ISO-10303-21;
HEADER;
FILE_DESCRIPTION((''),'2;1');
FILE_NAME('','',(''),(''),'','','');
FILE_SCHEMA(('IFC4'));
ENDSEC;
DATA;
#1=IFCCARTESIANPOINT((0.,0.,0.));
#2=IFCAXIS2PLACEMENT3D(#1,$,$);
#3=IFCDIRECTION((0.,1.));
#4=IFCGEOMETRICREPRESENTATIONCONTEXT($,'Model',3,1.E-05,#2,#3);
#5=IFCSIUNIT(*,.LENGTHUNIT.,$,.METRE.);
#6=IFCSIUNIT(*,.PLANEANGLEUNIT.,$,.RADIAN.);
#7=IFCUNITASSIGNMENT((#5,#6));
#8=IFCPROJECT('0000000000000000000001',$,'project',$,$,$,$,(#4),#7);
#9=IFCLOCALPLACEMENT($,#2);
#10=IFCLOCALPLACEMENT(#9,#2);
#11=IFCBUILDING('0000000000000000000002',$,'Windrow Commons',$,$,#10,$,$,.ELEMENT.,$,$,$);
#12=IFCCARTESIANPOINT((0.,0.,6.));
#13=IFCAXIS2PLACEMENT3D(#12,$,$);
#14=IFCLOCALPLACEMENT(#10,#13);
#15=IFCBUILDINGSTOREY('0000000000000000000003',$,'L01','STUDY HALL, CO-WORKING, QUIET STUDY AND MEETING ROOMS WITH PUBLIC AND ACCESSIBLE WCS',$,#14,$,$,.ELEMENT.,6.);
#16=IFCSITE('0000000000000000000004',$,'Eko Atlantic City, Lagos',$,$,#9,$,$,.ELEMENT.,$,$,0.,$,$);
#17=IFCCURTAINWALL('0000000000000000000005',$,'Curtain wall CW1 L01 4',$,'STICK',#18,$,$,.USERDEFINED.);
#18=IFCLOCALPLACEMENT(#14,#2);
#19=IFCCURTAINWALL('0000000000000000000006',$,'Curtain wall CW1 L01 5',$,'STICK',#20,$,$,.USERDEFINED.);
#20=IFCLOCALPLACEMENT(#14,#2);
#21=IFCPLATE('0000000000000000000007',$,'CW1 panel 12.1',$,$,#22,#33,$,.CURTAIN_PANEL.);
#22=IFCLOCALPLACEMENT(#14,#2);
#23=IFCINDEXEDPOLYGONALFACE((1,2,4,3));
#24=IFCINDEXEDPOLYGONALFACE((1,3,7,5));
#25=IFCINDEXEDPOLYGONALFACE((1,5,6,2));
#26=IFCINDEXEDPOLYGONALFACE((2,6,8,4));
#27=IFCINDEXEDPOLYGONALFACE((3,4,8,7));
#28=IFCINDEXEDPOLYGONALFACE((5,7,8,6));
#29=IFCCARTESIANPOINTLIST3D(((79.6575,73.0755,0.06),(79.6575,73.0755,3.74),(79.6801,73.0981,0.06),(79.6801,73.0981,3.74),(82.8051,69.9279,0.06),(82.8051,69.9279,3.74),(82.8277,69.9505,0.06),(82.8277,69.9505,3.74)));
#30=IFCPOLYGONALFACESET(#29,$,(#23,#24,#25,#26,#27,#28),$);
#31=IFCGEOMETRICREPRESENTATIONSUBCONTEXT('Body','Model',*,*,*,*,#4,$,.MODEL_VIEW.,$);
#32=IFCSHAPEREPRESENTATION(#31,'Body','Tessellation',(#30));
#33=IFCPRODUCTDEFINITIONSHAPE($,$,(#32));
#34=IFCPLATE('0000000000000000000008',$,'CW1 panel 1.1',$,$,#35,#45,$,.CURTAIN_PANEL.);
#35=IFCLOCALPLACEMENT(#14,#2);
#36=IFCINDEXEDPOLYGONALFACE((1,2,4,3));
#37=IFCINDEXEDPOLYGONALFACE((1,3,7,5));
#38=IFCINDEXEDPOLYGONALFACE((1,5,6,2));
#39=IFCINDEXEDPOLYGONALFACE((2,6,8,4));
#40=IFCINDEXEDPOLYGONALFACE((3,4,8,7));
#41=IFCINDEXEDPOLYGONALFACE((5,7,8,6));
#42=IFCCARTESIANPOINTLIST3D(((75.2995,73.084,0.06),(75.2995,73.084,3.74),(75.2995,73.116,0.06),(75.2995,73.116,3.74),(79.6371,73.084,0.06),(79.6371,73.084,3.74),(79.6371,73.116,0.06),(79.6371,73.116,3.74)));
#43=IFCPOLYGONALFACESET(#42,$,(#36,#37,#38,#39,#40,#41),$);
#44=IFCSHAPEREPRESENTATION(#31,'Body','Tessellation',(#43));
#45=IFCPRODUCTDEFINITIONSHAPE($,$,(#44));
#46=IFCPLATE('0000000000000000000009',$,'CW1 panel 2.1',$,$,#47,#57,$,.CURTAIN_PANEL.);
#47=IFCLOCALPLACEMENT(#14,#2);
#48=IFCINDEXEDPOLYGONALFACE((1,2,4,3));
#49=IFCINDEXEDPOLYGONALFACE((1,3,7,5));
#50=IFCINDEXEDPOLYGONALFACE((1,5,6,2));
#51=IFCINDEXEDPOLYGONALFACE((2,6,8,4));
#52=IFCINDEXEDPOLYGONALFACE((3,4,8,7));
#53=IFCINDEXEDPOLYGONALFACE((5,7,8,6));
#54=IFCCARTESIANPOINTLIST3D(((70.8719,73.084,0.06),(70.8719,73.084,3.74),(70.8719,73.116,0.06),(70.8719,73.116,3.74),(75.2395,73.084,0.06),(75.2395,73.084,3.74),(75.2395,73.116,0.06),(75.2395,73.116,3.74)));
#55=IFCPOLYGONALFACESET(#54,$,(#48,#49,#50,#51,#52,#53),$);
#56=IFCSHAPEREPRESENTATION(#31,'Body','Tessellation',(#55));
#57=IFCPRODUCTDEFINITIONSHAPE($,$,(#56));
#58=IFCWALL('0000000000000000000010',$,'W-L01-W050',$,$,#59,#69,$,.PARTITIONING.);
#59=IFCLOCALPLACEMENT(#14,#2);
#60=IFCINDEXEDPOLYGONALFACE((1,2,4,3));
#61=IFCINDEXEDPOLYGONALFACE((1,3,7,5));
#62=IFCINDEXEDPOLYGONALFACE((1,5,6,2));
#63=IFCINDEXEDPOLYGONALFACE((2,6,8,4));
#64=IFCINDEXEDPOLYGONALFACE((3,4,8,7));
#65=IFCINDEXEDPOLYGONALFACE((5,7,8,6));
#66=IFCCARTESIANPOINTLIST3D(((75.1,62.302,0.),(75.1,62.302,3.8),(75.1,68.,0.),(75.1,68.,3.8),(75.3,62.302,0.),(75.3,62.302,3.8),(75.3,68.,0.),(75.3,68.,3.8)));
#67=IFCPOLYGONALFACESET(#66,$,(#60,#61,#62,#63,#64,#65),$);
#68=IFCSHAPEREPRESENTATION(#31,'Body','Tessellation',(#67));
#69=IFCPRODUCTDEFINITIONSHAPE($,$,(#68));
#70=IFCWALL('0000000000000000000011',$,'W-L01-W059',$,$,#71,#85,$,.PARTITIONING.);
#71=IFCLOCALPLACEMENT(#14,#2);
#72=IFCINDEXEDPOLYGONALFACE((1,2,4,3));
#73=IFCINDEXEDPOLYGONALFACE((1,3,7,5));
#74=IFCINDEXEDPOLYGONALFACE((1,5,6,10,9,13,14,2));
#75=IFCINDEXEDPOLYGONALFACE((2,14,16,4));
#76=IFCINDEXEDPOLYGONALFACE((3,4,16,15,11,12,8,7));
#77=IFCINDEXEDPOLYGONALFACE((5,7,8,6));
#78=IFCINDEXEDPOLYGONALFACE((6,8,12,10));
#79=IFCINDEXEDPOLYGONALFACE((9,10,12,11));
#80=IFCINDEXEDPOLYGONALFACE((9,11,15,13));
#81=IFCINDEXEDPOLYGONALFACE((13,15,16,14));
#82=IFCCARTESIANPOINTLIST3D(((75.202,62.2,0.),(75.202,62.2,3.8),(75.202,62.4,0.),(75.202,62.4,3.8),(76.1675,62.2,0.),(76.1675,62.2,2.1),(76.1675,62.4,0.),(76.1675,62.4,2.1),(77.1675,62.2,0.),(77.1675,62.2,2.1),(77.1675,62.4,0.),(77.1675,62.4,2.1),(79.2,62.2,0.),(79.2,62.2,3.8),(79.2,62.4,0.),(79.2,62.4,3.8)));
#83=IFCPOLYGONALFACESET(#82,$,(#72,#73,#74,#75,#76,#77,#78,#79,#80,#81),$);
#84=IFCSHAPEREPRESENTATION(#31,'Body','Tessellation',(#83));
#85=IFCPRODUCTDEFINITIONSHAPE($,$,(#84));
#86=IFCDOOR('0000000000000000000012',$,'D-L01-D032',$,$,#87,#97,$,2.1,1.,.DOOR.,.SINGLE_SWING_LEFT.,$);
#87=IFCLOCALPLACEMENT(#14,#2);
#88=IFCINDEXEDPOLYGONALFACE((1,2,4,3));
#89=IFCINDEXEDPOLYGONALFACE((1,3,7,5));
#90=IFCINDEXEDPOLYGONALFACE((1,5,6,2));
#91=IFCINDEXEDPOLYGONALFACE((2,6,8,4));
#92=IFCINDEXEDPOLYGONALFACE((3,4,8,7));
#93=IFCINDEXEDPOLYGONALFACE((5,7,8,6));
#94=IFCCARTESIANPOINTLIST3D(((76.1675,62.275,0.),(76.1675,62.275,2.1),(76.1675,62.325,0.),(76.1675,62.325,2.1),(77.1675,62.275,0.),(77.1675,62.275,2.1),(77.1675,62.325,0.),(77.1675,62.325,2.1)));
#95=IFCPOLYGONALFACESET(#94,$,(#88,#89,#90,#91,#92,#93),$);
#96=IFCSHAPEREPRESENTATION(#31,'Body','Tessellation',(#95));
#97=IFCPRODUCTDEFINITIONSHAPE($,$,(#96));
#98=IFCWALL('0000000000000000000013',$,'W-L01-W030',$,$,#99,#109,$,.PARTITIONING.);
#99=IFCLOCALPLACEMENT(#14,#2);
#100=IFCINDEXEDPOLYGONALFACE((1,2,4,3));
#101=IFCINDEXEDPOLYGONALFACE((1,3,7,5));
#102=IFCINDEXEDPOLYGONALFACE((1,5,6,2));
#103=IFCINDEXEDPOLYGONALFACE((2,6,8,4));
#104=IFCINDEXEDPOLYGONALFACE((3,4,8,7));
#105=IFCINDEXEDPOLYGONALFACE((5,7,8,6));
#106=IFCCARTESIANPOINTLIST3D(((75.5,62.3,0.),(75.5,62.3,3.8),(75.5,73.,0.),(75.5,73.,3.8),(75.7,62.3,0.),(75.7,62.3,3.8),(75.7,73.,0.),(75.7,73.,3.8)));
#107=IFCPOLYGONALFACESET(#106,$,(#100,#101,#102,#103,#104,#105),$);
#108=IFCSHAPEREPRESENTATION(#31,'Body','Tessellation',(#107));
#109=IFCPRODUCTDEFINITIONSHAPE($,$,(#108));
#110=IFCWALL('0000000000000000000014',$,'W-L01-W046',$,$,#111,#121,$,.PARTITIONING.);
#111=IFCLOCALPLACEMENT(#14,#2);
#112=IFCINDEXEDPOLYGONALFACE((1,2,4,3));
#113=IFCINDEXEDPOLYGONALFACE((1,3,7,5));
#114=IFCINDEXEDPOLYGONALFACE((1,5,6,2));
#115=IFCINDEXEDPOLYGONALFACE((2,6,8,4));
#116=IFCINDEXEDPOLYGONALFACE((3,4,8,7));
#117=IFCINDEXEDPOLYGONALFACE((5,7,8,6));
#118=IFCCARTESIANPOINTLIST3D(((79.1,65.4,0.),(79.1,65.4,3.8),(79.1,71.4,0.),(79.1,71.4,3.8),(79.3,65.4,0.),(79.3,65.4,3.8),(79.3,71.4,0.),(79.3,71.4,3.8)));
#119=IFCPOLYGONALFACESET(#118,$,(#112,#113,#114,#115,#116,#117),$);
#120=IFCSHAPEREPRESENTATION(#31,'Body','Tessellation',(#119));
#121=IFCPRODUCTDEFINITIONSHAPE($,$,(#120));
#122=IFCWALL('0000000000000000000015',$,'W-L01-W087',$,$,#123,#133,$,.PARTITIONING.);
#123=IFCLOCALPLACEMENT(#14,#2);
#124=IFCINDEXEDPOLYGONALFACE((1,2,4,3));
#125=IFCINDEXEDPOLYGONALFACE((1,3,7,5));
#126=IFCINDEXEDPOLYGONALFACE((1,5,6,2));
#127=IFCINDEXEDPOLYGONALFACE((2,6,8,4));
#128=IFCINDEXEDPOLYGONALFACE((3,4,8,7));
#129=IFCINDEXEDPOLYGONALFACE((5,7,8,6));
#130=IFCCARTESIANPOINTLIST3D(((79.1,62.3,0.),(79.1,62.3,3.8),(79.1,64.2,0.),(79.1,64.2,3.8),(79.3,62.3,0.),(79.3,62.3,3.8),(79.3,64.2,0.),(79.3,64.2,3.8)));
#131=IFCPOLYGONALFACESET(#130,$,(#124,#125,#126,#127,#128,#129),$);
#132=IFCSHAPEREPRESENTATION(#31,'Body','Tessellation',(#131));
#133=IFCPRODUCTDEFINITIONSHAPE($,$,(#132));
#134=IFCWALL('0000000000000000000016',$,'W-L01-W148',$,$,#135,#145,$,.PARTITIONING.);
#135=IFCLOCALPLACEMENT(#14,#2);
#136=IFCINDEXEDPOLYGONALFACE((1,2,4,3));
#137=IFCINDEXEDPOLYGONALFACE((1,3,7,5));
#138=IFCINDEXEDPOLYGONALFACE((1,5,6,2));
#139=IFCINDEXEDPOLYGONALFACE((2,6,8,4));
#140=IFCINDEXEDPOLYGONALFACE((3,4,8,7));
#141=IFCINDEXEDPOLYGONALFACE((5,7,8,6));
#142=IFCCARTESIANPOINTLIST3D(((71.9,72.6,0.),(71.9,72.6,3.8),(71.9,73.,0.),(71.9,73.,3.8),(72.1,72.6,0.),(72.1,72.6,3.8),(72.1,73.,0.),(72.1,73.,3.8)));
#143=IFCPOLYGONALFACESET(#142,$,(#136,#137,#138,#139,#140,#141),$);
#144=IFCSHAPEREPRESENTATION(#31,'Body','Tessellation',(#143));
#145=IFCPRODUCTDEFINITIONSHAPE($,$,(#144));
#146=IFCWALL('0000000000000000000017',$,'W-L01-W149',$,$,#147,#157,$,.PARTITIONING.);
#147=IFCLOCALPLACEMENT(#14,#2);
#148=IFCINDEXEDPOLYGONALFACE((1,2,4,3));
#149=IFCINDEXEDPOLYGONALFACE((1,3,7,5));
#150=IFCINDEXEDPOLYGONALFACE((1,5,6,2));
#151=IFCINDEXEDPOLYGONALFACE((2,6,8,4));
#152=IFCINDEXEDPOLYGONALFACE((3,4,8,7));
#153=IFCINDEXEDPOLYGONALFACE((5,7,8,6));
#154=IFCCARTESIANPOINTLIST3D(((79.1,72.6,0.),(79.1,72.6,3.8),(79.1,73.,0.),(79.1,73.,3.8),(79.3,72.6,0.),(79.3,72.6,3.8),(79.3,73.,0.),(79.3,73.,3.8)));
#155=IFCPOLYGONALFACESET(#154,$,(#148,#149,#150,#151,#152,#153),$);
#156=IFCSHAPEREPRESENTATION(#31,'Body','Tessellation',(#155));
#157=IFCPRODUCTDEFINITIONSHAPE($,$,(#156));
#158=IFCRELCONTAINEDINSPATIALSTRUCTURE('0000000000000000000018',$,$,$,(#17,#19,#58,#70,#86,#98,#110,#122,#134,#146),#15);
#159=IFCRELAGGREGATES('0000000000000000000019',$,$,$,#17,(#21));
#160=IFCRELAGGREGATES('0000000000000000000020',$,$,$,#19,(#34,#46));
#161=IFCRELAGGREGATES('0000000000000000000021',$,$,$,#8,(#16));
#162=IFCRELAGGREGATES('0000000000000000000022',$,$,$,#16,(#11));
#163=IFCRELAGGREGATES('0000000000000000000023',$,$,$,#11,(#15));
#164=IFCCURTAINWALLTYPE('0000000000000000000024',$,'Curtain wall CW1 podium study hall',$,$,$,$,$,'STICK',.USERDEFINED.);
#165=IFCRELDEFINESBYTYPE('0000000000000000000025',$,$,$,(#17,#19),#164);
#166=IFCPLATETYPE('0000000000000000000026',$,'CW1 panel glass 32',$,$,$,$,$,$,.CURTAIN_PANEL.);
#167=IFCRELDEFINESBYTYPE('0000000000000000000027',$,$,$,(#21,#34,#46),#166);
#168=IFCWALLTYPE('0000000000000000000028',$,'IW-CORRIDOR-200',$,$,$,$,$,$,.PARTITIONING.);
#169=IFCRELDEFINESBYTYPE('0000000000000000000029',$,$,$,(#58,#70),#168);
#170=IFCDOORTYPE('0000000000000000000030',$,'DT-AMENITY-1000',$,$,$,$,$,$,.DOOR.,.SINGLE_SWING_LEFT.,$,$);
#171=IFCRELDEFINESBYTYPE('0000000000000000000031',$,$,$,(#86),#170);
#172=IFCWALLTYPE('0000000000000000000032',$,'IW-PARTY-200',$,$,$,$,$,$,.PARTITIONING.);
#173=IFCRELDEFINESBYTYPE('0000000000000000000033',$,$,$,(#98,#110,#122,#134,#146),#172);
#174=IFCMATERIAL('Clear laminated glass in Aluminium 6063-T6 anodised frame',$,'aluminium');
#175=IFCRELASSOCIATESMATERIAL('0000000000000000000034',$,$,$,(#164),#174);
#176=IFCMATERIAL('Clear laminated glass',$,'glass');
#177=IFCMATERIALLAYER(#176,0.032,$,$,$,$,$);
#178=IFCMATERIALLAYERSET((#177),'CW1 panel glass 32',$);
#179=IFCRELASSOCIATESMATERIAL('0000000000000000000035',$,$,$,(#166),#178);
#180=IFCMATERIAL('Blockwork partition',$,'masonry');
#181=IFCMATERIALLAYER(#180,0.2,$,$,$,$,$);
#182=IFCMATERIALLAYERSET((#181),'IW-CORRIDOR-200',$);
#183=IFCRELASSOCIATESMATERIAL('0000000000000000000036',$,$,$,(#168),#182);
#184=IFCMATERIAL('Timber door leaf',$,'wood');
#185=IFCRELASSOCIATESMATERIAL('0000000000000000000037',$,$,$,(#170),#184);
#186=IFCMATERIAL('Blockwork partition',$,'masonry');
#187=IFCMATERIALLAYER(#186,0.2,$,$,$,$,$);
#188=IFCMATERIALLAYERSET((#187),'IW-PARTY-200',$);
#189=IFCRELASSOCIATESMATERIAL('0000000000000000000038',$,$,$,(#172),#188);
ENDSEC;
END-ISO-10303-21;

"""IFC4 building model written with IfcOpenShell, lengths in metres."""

from ifc_helpers import new_model, si_unit, direction, frame, frame_2d, origin, origin_2d, place, context, subcontext, project, spatial, rectangle, extrude, material, layer, layer_set, type_object, element, fill, aggregate, save


model = new_model("IFC4")

# Units and contexts
model_context = context("Model", 3, precision=1e-05, world=origin(), true_north=direction((0.0, 1.0)))
body_context = subcontext(model_context, "Body", "Model", "MODEL_VIEW")
ifc_project = project(units=[si_unit("LENGTHUNIT", "METRE"), si_unit("PLANEANGLEUNIT", "RADIAN")], contexts=[model_context])

# Site, building, storey
site_placement = place(None, origin())
site = spatial("IfcSite", under=ifc_project, at=site_placement, Name="Eko Atlantic City, Lagos", CompositionType="ELEMENT", RefElevation=0.0)
building_placement = place(site_placement, origin())
building = spatial("IfcBuilding", under=site, at=building_placement, Name="Windrow Commons", CompositionType="ELEMENT")
storey_placement = place(building_placement, frame((0.0, 0.0, 6.0)))
storey = spatial("IfcBuildingStorey", under=building, at=storey_placement, Name="L01", Description="STUDY HALL, CO-WORKING, QUIET STUDY AND MEETING ROOMS WITH PUBLIC AND ACCESSIBLE WCS", CompositionType="ELEMENT", Elevation=6.0)

# Curtain wall
ifc_material_1 = material(Name="Clear laminated glass in Aluminium 6063-T6 anodised frame", Category="aluminium")
curtain_wall_type = type_object("IfcCurtainWallType", Name="Curtain wall CW1 podium study hall", ElementType="STICK", PredefinedType="USERDEFINED", material=ifc_material_1)
placement = place(storey_placement, origin())
curtain_wall_1 = element("IfcCurtainWall", 1, at=placement, inside=storey, type_object=curtain_wall_type, Name="Curtain wall CW1 L01 4", ObjectType="STICK", PredefinedType="USERDEFINED")

# Curtain wall
curtain_wall_2 = element("IfcCurtainWall", 2, at=placement, inside=storey, type_object=curtain_wall_type, Name="Curtain wall CW1 L01 5", ObjectType="STICK", PredefinedType="USERDEFINED")

# Plates
ifc_material_2 = material(Name="Clear laminated glass", Category="glass")
ifc_layer_1 = layer(ifc_material_2, 0.032)
ifc_layer_set_1 = layer_set([ifc_layer_1], Name="CW1 panel glass 32")
plate_type = type_object("IfcPlateType", Name="CW1 panel glass 32", PredefinedType="CURTAIN_PANEL", material=ifc_layer_set_1)
plate_1_placement = place(storey_placement, frame((81.2426, 71.513, 0.06), z_axis=(0.0, 0.0, 1.0), x_axis=(-0.707107, 0.707107, 0.0)))
plate_1 = element("IfcPlate", 3, at=plate_1_placement, type_object=plate_type, Name="CW1 panel 12.1", PredefinedType="CURTAIN_PANEL", context=body_context, shape_type="SweptSolid", body=[
    extrude(rectangle(XDim=4.4514, YDim=0.032, at=origin_2d()), origin(), (0.0, 0.0, 1.0), 3.68),
])
aggregate(curtain_wall_1, [plate_1])
plate_2_placement = place(storey_placement, frame((77.4683, 73.1, 0.06), z_axis=(0.0, 0.0, 1.0), x_axis=(-1.0, 0.0, 0.0)))
plate_2 = element("IfcPlate", 4, at=plate_2_placement, type_object=plate_type, Name="CW1 panel 1.1", PredefinedType="CURTAIN_PANEL", context=body_context, shape_type="SweptSolid", body=[
    extrude(rectangle(XDim=4.3376, YDim=0.032, at=origin_2d()), origin(), (0.0, 0.0, 1.0), 3.68),
])
plate_3_placement = place(storey_placement, frame((73.0557, 73.1, 0.06), z_axis=(0.0, 0.0, 1.0), x_axis=(-1.0, 0.0, 0.0)))
plate_3 = element("IfcPlate", 5, at=plate_3_placement, type_object=plate_type, Name="CW1 panel 2.1", PredefinedType="CURTAIN_PANEL", context=body_context, shape_type="SweptSolid", body=[
    extrude(rectangle(XDim=4.3676, YDim=0.032, at=origin_2d()), origin(), (0.0, 0.0, 1.0), 3.68),
])
aggregate(curtain_wall_2, [plate_2, plate_3])

# Wall
ifc_material_3 = material(Name="Blockwork partition", Category="masonry")
ifc_layer_2 = layer(ifc_material_3, 0.2)
ifc_layer_set_2 = layer_set([ifc_layer_2], Name="IW-CORRIDOR-200")
wall_type_1 = type_object("IfcWallType", Name="IW-CORRIDOR-200", PredefinedType="PARTITIONING", material=ifc_layer_set_2)
wall_1_placement = place(storey_placement, frame((75.2, 62.302, 0.0), z_axis=(0.0, 0.0, 1.0), x_axis=(0.0, 1.0, 0.0)))
element("IfcWall", 6, at=wall_1_placement, inside=storey, type_object=wall_type_1, Name="W-L01-W050", PredefinedType="PARTITIONING", context=body_context, shape_type="SweptSolid", body=[
    extrude(rectangle(XDim=5.698, YDim=0.2, at=frame_2d((2.849, 0.0))), origin(), (0.0, 0.0, 1.0), 3.8),
])

# Wall, opening, door
wall_2_placement = place(storey_placement, frame((75.202, 62.3, 0.0), z_axis=(0.0, 0.0, 1.0), x_axis=(1.0, 0.0, 0.0)))
wall_2 = element("IfcWall", 7, at=wall_2_placement, inside=storey, type_object=wall_type_1, Name="W-L01-W059", PredefinedType="PARTITIONING", context=body_context, shape_type="SweptSolid", body=[
    extrude(rectangle(XDim=3.998, YDim=0.2, at=frame_2d((1.999, 0.0))), origin(), (0.0, 0.0, 1.0), 3.8),
])
opening_placement = place(wall_2_placement, frame((0.9655, 0.0, 0.0)))
opening = element("IfcOpeningElement", 8, at=opening_placement, cuts=wall_2, PredefinedType="OPENING", context=body_context, shape_type="SweptSolid", body=[
    extrude(rectangle(XDim=1.0, YDim=2.1, at=frame_2d((0.5, 1.05))), frame((0.0, 0.11, 0.0), z_axis=(0.0, -1.0, 0.0), x_axis=(1.0, 0.0, 0.0)), (0.0, 0.0, 1.0), 0.22),
])
ifc_material_4 = material(Name="Timber door leaf", Category="wood")
door_type = type_object("IfcDoorType", Name="DT-AMENITY-1000", OperationType="SINGLE_SWING_LEFT", PredefinedType="DOOR", material=ifc_material_4)
door_placement = place(opening_placement, origin())
door = element("IfcDoor", 9, at=door_placement, inside=storey, type_object=door_type, Name="D-L01-D032", OperationType="SINGLE_SWING_LEFT", OverallHeight=2.1, OverallWidth=1.0, PredefinedType="DOOR", context=body_context, shape_type="SweptSolid", body=[
    extrude(rectangle(XDim=1.0, YDim=2.1, at=frame_2d((0.5, 1.05))), frame((0.0, 0.025, 0.0), z_axis=(0.0, -1.0, 0.0), x_axis=(1.0, 0.0, 0.0)), (0.0, 0.0, 1.0), 0.05),
])
fill(opening, door)

# Walls
ifc_material_5 = material(Name="Blockwork partition", Category="masonry")
ifc_layer_3 = layer(ifc_material_5, 0.2)
ifc_layer_set_3 = layer_set([ifc_layer_3], Name="IW-PARTY-200")
wall_type_2 = type_object("IfcWallType", Name="IW-PARTY-200", PredefinedType="PARTITIONING", material=ifc_layer_set_3)
wall_3_placement = place(storey_placement, frame((75.6, 62.3, 0.0), z_axis=(0.0, 0.0, 1.0), x_axis=(0.0, 1.0, 0.0)))
element("IfcWall", 10, at=wall_3_placement, inside=storey, type_object=wall_type_2, Name="W-L01-W030", PredefinedType="PARTITIONING", context=body_context, shape_type="SweptSolid", body=[
    extrude(rectangle(XDim=10.7, YDim=0.2, at=frame_2d((5.35, 0.0))), origin(), (0.0, 0.0, 1.0), 3.8),
])
wall_4_placement = place(storey_placement, frame((79.2, 65.4, 0.0), z_axis=(0.0, 0.0, 1.0), x_axis=(0.0, 1.0, 0.0)))
element("IfcWall", 11, at=wall_4_placement, inside=storey, type_object=wall_type_2, Name="W-L01-W046", PredefinedType="PARTITIONING", context=body_context, shape_type="SweptSolid", body=[
    extrude(rectangle(XDim=6.0, YDim=0.2, at=frame_2d((3.0, 0.0))), origin(), (0.0, 0.0, 1.0), 3.8),
])
wall_5_placement = place(storey_placement, frame((79.2, 62.3, 0.0), z_axis=(0.0, 0.0, 1.0), x_axis=(0.0, 1.0, 0.0)))
element("IfcWall", 12, at=wall_5_placement, inside=storey, type_object=wall_type_2, Name="W-L01-W087", PredefinedType="PARTITIONING", context=body_context, shape_type="SweptSolid", body=[
    extrude(rectangle(XDim=1.9, YDim=0.2, at=frame_2d((0.95, 0.0))), origin(), (0.0, 0.0, 1.0), 3.8),
])
for number, where, z_axis, x_axis, name in (
    (13, (72.0, 72.6, 0.0), (0.0, 0.0, 1.0), (0.0, 1.0, 0.0), "W-L01-W148"),
    (14, (79.2, 72.6, 0.0), (0.0, 0.0, 1.0), (0.0, 1.0, 0.0), "W-L01-W149"),
):
    element("IfcWall", number, at=place(storey_placement, frame(where, z_axis=z_axis, x_axis=x_axis)), inside=storey, type_object=wall_type_2, Name=name, PredefinedType="PARTITIONING", context=body_context, shape_type="SweptSolid", body=[
        extrude(rectangle(XDim=0.4, YDim=0.2, at=frame_2d((0.2, 0.0))), origin(), (0.0, 0.0, 1.0), 3.8),
    ])

save(model, "model.ifc")
